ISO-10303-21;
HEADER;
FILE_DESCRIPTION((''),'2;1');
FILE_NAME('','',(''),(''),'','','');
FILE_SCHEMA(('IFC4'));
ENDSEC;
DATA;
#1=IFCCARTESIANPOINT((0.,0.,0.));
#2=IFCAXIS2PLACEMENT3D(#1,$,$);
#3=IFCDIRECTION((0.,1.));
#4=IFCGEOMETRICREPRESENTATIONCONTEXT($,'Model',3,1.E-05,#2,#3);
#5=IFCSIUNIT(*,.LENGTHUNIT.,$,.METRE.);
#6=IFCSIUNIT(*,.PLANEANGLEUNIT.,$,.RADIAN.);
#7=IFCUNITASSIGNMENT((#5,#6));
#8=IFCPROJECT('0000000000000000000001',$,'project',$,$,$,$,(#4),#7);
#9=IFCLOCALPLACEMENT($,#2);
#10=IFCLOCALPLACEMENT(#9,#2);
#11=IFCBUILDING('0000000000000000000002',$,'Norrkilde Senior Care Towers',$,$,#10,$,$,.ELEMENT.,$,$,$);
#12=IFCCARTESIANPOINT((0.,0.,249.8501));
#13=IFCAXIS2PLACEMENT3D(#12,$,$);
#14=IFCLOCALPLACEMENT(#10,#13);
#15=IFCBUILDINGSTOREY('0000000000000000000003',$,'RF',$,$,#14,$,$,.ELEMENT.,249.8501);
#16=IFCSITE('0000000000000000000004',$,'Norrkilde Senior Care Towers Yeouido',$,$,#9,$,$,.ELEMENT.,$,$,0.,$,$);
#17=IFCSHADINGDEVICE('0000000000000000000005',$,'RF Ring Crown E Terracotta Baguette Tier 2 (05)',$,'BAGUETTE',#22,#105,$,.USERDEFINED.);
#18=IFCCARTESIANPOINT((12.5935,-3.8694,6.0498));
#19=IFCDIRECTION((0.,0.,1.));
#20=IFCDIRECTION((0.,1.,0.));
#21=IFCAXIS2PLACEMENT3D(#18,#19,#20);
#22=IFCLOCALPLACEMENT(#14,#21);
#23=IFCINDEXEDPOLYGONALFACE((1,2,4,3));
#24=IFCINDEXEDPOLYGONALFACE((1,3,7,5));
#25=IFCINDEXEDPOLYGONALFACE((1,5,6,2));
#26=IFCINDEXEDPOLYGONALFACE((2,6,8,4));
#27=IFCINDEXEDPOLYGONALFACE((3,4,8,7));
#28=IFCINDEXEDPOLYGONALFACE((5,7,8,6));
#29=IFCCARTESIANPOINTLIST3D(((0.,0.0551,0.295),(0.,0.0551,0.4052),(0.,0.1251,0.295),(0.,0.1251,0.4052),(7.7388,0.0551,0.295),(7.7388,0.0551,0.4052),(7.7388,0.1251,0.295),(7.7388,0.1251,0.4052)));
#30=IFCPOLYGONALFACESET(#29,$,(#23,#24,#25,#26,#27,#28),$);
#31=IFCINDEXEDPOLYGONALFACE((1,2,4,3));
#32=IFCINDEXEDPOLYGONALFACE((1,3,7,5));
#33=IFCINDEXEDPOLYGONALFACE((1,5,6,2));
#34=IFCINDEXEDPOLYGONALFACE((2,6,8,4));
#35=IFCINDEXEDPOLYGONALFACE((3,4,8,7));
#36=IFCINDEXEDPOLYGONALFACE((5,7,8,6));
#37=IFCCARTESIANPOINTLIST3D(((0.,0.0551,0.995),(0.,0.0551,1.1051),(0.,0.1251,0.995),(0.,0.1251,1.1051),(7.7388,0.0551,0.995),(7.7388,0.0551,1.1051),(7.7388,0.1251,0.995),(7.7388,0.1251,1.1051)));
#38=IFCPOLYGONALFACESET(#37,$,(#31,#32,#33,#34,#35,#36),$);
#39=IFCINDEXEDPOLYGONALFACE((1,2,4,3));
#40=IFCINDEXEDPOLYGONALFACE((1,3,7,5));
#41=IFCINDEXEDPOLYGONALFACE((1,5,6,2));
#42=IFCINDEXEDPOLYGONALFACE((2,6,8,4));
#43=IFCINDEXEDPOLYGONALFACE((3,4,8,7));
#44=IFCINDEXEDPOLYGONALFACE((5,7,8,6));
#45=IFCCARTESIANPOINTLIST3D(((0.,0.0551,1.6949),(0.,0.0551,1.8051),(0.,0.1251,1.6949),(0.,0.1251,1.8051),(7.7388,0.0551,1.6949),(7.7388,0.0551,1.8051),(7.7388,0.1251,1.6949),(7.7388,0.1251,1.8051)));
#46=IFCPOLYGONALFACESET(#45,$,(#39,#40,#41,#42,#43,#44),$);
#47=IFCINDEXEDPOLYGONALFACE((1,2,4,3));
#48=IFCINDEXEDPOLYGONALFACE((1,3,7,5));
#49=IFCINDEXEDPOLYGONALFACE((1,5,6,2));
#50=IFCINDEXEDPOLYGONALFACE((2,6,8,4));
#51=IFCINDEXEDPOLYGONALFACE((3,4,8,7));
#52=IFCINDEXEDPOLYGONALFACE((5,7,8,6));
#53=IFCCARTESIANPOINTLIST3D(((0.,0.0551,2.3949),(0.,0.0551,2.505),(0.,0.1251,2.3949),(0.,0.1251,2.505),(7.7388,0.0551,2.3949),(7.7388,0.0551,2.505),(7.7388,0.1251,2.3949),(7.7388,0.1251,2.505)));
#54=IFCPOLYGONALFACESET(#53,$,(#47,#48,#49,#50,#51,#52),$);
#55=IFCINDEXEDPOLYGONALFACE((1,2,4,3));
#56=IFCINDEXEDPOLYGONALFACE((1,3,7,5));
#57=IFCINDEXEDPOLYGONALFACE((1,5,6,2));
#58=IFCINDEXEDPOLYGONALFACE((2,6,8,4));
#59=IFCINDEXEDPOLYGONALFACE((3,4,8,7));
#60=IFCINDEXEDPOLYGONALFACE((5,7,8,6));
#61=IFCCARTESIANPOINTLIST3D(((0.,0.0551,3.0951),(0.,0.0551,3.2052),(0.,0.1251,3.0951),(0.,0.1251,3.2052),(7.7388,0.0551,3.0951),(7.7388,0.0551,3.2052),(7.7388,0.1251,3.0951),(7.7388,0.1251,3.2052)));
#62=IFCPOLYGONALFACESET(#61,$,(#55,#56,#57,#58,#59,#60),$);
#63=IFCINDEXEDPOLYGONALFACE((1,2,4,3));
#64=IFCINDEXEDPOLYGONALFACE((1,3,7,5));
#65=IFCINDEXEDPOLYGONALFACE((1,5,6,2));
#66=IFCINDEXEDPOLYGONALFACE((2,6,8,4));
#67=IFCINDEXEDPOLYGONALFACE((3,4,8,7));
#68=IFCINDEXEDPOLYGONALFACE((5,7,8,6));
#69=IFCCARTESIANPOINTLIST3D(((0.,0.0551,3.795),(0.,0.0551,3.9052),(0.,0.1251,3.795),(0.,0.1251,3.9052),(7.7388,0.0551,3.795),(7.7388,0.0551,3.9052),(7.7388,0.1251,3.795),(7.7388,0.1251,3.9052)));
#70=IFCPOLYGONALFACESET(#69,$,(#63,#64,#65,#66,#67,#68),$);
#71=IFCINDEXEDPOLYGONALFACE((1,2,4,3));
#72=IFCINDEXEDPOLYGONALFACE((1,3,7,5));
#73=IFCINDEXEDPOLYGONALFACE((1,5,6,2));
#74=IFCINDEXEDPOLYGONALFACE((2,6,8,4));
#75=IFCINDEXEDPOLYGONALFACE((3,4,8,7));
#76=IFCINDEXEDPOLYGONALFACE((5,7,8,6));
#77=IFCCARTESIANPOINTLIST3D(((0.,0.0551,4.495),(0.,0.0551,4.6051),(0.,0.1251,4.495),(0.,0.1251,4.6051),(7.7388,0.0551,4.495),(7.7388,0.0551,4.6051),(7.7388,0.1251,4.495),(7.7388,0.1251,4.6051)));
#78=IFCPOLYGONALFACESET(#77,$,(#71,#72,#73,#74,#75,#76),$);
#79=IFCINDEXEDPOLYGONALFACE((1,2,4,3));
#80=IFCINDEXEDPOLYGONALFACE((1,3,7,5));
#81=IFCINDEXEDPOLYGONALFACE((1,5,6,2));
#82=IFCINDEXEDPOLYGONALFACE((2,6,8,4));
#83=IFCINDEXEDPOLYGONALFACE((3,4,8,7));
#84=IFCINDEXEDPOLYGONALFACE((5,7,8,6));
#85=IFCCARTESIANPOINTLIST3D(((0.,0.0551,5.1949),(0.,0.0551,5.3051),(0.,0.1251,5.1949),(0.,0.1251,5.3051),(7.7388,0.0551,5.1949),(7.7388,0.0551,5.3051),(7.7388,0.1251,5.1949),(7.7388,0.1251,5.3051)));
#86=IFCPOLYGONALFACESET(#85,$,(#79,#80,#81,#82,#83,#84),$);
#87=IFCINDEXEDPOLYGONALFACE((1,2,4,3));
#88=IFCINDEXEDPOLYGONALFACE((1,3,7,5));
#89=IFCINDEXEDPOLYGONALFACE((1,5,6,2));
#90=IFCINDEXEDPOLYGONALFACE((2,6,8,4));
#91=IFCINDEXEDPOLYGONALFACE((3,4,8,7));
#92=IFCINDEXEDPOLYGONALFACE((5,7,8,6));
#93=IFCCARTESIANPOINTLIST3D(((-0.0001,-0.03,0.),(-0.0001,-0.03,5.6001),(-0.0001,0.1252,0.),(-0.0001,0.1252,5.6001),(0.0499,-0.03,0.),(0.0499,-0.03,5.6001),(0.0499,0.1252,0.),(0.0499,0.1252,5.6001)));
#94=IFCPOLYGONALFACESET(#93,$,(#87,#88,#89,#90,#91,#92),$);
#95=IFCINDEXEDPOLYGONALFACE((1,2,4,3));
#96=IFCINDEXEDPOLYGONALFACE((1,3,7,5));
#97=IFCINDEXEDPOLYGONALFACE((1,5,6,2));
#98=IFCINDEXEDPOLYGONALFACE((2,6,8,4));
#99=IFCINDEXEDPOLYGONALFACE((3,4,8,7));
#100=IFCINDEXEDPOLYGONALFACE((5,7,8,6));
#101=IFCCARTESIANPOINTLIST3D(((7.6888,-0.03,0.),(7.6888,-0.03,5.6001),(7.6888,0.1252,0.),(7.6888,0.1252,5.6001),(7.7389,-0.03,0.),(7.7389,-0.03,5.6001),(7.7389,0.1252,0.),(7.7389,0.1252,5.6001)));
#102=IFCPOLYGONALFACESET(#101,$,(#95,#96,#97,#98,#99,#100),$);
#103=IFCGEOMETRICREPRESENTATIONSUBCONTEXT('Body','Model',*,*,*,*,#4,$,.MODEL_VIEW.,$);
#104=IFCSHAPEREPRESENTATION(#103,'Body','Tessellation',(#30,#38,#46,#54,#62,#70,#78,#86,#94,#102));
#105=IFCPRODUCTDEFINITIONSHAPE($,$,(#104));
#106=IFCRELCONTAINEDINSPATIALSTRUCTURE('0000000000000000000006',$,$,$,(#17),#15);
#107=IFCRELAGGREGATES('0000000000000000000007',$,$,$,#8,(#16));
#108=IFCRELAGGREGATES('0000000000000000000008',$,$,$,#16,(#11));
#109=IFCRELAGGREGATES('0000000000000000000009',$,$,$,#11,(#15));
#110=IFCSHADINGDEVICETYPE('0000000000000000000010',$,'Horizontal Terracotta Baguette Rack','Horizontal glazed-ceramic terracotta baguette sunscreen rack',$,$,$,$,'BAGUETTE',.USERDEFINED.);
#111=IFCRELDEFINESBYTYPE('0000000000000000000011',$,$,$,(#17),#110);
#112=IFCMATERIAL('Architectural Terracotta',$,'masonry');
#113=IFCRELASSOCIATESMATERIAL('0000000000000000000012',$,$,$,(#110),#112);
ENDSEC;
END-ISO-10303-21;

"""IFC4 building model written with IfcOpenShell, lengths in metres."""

from ifc_helpers import new_model, si_unit, direction, frame, origin, origin_2d, place, context, subcontext, project, spatial, rectangle, extrude, source, transform, mapped, material, type_object, element, save


model = new_model("IFC4")

# Units and contexts
model_context = context("Model", 3, precision=1e-05, world=origin(), true_north=direction((0.0, 1.0)))
body_context = subcontext(model_context, "Body", "Model", "MODEL_VIEW")
ifc_project = project(units=[si_unit("LENGTHUNIT", "METRE"), si_unit("PLANEANGLEUNIT", "RADIAN")], contexts=[model_context])

# Site, building, storey
site_placement = place(None, origin())
site = spatial("IfcSite", under=ifc_project, at=site_placement, Name="Norrkilde Senior Care Towers Yeouido", CompositionType="ELEMENT", RefElevation=0.0)
building_placement = place(site_placement, origin())
building = spatial("IfcBuilding", under=site, at=building_placement, Name="Norrkilde Senior Care Towers", CompositionType="ELEMENT")
storey_placement = place(building_placement, frame((0.0, 0.0, 249.8501)))
storey = spatial("IfcBuildingStorey", under=building, at=storey_placement, Name="RF", CompositionType="ELEMENT", Elevation=249.8501)

# Shared definitions
ifc_material_1 = material(Name="Architectural Terracotta", Category="masonry")

# Shading device
shading_device_type = type_object("IfcShadingDeviceType", Name="Horizontal Terracotta Baguette Rack", Description="Horizontal glazed-ceramic terracotta baguette sunscreen rack", ElementType="BAGUETTE", PredefinedType="USERDEFINED", material=ifc_material_1)
shared_shape_1 = source(origin(), body_context, "Body", "SweptSolid", [
    extrude(rectangle(XDim=0.0701, YDim=0.1101, at=origin_2d()), frame((0.0, 0.0901, 0.3501), z_axis=(1.0, 0.0, 0.0), x_axis=(0.0, 1.0, 0.0)), (0.0, 0.0, 1.0), 7.7388),
    extrude(rectangle(XDim=0.0701, YDim=0.1101, at=origin_2d()), frame((0.0, 0.0901, 1.05), z_axis=(1.0, 0.0, 0.0), x_axis=(0.0, 1.0, 0.0)), (0.0, 0.0, 1.0), 7.7388),
    extrude(rectangle(XDim=0.0701, YDim=0.1101, at=origin_2d()), frame((0.0, 0.0901, 1.75), z_axis=(1.0, 0.0, 0.0), x_axis=(0.0, 1.0, 0.0)), (0.0, 0.0, 1.0), 7.7388),
    extrude(rectangle(XDim=0.0701, YDim=0.1101, at=origin_2d()), frame((0.0, 0.0901, 2.45), z_axis=(1.0, 0.0, 0.0), x_axis=(0.0, 1.0, 0.0)), (0.0, 0.0, 1.0), 7.7388),
    extrude(rectangle(XDim=0.0701, YDim=0.1101, at=origin_2d()), frame((0.0, 0.0901, 3.1501), z_axis=(1.0, 0.0, 0.0), x_axis=(0.0, 1.0, 0.0)), (0.0, 0.0, 1.0), 7.7388),
    extrude(rectangle(XDim=0.0701, YDim=0.1101, at=origin_2d()), frame((0.0, 0.0901, 3.8501), z_axis=(1.0, 0.0, 0.0), x_axis=(0.0, 1.0, 0.0)), (0.0, 0.0, 1.0), 7.7388),
    extrude(rectangle(XDim=0.0701, YDim=0.1101, at=origin_2d()), frame((0.0, 0.0901, 4.55), z_axis=(1.0, 0.0, 0.0), x_axis=(0.0, 1.0, 0.0)), (0.0, 0.0, 1.0), 7.7388),
    extrude(rectangle(XDim=0.0701, YDim=0.1101, at=origin_2d()), frame((0.0, 0.0901, 5.25), z_axis=(1.0, 0.0, 0.0), x_axis=(0.0, 1.0, 0.0)), (0.0, 0.0, 1.0), 7.7388),
    extrude(rectangle(XDim=0.05, YDim=0.1553, at=origin_2d()), frame((0.0249, 0.0476, 0.0)), (0.0, 0.0, 1.0), 5.6001),
    extrude(rectangle(XDim=0.05, YDim=0.1553, at=origin_2d()), frame((7.7139, 0.0476, 0.0)), (0.0, 0.0, 1.0), 5.6001),
])
shading_device_1_placement = place(storey_placement, frame((12.5935, -3.8694, 6.0498), z_axis=(0.0, 0.0, 1.0), x_axis=(0.0, 1.0, 0.0)))
element("IfcShadingDevice", 1, at=shading_device_1_placement, inside=storey, type_object=shading_device_type, Name="RF Ring Crown E Terracotta Baguette Tier 2 (05)", ObjectType="BAGUETTE", PredefinedType="USERDEFINED", context=body_context, shape_type="MappedRepresentation", body=[
    mapped(shared_shape_1, transform((0.0, 0.0, 0.0), x_axis=(1.0, 0.0, 0.0), y_axis=(0.0, 1.0, 0.0), z_axis=(0.0, 0.0, 1.0), scale=1.0)),
])

save(model, "model.ifc")
